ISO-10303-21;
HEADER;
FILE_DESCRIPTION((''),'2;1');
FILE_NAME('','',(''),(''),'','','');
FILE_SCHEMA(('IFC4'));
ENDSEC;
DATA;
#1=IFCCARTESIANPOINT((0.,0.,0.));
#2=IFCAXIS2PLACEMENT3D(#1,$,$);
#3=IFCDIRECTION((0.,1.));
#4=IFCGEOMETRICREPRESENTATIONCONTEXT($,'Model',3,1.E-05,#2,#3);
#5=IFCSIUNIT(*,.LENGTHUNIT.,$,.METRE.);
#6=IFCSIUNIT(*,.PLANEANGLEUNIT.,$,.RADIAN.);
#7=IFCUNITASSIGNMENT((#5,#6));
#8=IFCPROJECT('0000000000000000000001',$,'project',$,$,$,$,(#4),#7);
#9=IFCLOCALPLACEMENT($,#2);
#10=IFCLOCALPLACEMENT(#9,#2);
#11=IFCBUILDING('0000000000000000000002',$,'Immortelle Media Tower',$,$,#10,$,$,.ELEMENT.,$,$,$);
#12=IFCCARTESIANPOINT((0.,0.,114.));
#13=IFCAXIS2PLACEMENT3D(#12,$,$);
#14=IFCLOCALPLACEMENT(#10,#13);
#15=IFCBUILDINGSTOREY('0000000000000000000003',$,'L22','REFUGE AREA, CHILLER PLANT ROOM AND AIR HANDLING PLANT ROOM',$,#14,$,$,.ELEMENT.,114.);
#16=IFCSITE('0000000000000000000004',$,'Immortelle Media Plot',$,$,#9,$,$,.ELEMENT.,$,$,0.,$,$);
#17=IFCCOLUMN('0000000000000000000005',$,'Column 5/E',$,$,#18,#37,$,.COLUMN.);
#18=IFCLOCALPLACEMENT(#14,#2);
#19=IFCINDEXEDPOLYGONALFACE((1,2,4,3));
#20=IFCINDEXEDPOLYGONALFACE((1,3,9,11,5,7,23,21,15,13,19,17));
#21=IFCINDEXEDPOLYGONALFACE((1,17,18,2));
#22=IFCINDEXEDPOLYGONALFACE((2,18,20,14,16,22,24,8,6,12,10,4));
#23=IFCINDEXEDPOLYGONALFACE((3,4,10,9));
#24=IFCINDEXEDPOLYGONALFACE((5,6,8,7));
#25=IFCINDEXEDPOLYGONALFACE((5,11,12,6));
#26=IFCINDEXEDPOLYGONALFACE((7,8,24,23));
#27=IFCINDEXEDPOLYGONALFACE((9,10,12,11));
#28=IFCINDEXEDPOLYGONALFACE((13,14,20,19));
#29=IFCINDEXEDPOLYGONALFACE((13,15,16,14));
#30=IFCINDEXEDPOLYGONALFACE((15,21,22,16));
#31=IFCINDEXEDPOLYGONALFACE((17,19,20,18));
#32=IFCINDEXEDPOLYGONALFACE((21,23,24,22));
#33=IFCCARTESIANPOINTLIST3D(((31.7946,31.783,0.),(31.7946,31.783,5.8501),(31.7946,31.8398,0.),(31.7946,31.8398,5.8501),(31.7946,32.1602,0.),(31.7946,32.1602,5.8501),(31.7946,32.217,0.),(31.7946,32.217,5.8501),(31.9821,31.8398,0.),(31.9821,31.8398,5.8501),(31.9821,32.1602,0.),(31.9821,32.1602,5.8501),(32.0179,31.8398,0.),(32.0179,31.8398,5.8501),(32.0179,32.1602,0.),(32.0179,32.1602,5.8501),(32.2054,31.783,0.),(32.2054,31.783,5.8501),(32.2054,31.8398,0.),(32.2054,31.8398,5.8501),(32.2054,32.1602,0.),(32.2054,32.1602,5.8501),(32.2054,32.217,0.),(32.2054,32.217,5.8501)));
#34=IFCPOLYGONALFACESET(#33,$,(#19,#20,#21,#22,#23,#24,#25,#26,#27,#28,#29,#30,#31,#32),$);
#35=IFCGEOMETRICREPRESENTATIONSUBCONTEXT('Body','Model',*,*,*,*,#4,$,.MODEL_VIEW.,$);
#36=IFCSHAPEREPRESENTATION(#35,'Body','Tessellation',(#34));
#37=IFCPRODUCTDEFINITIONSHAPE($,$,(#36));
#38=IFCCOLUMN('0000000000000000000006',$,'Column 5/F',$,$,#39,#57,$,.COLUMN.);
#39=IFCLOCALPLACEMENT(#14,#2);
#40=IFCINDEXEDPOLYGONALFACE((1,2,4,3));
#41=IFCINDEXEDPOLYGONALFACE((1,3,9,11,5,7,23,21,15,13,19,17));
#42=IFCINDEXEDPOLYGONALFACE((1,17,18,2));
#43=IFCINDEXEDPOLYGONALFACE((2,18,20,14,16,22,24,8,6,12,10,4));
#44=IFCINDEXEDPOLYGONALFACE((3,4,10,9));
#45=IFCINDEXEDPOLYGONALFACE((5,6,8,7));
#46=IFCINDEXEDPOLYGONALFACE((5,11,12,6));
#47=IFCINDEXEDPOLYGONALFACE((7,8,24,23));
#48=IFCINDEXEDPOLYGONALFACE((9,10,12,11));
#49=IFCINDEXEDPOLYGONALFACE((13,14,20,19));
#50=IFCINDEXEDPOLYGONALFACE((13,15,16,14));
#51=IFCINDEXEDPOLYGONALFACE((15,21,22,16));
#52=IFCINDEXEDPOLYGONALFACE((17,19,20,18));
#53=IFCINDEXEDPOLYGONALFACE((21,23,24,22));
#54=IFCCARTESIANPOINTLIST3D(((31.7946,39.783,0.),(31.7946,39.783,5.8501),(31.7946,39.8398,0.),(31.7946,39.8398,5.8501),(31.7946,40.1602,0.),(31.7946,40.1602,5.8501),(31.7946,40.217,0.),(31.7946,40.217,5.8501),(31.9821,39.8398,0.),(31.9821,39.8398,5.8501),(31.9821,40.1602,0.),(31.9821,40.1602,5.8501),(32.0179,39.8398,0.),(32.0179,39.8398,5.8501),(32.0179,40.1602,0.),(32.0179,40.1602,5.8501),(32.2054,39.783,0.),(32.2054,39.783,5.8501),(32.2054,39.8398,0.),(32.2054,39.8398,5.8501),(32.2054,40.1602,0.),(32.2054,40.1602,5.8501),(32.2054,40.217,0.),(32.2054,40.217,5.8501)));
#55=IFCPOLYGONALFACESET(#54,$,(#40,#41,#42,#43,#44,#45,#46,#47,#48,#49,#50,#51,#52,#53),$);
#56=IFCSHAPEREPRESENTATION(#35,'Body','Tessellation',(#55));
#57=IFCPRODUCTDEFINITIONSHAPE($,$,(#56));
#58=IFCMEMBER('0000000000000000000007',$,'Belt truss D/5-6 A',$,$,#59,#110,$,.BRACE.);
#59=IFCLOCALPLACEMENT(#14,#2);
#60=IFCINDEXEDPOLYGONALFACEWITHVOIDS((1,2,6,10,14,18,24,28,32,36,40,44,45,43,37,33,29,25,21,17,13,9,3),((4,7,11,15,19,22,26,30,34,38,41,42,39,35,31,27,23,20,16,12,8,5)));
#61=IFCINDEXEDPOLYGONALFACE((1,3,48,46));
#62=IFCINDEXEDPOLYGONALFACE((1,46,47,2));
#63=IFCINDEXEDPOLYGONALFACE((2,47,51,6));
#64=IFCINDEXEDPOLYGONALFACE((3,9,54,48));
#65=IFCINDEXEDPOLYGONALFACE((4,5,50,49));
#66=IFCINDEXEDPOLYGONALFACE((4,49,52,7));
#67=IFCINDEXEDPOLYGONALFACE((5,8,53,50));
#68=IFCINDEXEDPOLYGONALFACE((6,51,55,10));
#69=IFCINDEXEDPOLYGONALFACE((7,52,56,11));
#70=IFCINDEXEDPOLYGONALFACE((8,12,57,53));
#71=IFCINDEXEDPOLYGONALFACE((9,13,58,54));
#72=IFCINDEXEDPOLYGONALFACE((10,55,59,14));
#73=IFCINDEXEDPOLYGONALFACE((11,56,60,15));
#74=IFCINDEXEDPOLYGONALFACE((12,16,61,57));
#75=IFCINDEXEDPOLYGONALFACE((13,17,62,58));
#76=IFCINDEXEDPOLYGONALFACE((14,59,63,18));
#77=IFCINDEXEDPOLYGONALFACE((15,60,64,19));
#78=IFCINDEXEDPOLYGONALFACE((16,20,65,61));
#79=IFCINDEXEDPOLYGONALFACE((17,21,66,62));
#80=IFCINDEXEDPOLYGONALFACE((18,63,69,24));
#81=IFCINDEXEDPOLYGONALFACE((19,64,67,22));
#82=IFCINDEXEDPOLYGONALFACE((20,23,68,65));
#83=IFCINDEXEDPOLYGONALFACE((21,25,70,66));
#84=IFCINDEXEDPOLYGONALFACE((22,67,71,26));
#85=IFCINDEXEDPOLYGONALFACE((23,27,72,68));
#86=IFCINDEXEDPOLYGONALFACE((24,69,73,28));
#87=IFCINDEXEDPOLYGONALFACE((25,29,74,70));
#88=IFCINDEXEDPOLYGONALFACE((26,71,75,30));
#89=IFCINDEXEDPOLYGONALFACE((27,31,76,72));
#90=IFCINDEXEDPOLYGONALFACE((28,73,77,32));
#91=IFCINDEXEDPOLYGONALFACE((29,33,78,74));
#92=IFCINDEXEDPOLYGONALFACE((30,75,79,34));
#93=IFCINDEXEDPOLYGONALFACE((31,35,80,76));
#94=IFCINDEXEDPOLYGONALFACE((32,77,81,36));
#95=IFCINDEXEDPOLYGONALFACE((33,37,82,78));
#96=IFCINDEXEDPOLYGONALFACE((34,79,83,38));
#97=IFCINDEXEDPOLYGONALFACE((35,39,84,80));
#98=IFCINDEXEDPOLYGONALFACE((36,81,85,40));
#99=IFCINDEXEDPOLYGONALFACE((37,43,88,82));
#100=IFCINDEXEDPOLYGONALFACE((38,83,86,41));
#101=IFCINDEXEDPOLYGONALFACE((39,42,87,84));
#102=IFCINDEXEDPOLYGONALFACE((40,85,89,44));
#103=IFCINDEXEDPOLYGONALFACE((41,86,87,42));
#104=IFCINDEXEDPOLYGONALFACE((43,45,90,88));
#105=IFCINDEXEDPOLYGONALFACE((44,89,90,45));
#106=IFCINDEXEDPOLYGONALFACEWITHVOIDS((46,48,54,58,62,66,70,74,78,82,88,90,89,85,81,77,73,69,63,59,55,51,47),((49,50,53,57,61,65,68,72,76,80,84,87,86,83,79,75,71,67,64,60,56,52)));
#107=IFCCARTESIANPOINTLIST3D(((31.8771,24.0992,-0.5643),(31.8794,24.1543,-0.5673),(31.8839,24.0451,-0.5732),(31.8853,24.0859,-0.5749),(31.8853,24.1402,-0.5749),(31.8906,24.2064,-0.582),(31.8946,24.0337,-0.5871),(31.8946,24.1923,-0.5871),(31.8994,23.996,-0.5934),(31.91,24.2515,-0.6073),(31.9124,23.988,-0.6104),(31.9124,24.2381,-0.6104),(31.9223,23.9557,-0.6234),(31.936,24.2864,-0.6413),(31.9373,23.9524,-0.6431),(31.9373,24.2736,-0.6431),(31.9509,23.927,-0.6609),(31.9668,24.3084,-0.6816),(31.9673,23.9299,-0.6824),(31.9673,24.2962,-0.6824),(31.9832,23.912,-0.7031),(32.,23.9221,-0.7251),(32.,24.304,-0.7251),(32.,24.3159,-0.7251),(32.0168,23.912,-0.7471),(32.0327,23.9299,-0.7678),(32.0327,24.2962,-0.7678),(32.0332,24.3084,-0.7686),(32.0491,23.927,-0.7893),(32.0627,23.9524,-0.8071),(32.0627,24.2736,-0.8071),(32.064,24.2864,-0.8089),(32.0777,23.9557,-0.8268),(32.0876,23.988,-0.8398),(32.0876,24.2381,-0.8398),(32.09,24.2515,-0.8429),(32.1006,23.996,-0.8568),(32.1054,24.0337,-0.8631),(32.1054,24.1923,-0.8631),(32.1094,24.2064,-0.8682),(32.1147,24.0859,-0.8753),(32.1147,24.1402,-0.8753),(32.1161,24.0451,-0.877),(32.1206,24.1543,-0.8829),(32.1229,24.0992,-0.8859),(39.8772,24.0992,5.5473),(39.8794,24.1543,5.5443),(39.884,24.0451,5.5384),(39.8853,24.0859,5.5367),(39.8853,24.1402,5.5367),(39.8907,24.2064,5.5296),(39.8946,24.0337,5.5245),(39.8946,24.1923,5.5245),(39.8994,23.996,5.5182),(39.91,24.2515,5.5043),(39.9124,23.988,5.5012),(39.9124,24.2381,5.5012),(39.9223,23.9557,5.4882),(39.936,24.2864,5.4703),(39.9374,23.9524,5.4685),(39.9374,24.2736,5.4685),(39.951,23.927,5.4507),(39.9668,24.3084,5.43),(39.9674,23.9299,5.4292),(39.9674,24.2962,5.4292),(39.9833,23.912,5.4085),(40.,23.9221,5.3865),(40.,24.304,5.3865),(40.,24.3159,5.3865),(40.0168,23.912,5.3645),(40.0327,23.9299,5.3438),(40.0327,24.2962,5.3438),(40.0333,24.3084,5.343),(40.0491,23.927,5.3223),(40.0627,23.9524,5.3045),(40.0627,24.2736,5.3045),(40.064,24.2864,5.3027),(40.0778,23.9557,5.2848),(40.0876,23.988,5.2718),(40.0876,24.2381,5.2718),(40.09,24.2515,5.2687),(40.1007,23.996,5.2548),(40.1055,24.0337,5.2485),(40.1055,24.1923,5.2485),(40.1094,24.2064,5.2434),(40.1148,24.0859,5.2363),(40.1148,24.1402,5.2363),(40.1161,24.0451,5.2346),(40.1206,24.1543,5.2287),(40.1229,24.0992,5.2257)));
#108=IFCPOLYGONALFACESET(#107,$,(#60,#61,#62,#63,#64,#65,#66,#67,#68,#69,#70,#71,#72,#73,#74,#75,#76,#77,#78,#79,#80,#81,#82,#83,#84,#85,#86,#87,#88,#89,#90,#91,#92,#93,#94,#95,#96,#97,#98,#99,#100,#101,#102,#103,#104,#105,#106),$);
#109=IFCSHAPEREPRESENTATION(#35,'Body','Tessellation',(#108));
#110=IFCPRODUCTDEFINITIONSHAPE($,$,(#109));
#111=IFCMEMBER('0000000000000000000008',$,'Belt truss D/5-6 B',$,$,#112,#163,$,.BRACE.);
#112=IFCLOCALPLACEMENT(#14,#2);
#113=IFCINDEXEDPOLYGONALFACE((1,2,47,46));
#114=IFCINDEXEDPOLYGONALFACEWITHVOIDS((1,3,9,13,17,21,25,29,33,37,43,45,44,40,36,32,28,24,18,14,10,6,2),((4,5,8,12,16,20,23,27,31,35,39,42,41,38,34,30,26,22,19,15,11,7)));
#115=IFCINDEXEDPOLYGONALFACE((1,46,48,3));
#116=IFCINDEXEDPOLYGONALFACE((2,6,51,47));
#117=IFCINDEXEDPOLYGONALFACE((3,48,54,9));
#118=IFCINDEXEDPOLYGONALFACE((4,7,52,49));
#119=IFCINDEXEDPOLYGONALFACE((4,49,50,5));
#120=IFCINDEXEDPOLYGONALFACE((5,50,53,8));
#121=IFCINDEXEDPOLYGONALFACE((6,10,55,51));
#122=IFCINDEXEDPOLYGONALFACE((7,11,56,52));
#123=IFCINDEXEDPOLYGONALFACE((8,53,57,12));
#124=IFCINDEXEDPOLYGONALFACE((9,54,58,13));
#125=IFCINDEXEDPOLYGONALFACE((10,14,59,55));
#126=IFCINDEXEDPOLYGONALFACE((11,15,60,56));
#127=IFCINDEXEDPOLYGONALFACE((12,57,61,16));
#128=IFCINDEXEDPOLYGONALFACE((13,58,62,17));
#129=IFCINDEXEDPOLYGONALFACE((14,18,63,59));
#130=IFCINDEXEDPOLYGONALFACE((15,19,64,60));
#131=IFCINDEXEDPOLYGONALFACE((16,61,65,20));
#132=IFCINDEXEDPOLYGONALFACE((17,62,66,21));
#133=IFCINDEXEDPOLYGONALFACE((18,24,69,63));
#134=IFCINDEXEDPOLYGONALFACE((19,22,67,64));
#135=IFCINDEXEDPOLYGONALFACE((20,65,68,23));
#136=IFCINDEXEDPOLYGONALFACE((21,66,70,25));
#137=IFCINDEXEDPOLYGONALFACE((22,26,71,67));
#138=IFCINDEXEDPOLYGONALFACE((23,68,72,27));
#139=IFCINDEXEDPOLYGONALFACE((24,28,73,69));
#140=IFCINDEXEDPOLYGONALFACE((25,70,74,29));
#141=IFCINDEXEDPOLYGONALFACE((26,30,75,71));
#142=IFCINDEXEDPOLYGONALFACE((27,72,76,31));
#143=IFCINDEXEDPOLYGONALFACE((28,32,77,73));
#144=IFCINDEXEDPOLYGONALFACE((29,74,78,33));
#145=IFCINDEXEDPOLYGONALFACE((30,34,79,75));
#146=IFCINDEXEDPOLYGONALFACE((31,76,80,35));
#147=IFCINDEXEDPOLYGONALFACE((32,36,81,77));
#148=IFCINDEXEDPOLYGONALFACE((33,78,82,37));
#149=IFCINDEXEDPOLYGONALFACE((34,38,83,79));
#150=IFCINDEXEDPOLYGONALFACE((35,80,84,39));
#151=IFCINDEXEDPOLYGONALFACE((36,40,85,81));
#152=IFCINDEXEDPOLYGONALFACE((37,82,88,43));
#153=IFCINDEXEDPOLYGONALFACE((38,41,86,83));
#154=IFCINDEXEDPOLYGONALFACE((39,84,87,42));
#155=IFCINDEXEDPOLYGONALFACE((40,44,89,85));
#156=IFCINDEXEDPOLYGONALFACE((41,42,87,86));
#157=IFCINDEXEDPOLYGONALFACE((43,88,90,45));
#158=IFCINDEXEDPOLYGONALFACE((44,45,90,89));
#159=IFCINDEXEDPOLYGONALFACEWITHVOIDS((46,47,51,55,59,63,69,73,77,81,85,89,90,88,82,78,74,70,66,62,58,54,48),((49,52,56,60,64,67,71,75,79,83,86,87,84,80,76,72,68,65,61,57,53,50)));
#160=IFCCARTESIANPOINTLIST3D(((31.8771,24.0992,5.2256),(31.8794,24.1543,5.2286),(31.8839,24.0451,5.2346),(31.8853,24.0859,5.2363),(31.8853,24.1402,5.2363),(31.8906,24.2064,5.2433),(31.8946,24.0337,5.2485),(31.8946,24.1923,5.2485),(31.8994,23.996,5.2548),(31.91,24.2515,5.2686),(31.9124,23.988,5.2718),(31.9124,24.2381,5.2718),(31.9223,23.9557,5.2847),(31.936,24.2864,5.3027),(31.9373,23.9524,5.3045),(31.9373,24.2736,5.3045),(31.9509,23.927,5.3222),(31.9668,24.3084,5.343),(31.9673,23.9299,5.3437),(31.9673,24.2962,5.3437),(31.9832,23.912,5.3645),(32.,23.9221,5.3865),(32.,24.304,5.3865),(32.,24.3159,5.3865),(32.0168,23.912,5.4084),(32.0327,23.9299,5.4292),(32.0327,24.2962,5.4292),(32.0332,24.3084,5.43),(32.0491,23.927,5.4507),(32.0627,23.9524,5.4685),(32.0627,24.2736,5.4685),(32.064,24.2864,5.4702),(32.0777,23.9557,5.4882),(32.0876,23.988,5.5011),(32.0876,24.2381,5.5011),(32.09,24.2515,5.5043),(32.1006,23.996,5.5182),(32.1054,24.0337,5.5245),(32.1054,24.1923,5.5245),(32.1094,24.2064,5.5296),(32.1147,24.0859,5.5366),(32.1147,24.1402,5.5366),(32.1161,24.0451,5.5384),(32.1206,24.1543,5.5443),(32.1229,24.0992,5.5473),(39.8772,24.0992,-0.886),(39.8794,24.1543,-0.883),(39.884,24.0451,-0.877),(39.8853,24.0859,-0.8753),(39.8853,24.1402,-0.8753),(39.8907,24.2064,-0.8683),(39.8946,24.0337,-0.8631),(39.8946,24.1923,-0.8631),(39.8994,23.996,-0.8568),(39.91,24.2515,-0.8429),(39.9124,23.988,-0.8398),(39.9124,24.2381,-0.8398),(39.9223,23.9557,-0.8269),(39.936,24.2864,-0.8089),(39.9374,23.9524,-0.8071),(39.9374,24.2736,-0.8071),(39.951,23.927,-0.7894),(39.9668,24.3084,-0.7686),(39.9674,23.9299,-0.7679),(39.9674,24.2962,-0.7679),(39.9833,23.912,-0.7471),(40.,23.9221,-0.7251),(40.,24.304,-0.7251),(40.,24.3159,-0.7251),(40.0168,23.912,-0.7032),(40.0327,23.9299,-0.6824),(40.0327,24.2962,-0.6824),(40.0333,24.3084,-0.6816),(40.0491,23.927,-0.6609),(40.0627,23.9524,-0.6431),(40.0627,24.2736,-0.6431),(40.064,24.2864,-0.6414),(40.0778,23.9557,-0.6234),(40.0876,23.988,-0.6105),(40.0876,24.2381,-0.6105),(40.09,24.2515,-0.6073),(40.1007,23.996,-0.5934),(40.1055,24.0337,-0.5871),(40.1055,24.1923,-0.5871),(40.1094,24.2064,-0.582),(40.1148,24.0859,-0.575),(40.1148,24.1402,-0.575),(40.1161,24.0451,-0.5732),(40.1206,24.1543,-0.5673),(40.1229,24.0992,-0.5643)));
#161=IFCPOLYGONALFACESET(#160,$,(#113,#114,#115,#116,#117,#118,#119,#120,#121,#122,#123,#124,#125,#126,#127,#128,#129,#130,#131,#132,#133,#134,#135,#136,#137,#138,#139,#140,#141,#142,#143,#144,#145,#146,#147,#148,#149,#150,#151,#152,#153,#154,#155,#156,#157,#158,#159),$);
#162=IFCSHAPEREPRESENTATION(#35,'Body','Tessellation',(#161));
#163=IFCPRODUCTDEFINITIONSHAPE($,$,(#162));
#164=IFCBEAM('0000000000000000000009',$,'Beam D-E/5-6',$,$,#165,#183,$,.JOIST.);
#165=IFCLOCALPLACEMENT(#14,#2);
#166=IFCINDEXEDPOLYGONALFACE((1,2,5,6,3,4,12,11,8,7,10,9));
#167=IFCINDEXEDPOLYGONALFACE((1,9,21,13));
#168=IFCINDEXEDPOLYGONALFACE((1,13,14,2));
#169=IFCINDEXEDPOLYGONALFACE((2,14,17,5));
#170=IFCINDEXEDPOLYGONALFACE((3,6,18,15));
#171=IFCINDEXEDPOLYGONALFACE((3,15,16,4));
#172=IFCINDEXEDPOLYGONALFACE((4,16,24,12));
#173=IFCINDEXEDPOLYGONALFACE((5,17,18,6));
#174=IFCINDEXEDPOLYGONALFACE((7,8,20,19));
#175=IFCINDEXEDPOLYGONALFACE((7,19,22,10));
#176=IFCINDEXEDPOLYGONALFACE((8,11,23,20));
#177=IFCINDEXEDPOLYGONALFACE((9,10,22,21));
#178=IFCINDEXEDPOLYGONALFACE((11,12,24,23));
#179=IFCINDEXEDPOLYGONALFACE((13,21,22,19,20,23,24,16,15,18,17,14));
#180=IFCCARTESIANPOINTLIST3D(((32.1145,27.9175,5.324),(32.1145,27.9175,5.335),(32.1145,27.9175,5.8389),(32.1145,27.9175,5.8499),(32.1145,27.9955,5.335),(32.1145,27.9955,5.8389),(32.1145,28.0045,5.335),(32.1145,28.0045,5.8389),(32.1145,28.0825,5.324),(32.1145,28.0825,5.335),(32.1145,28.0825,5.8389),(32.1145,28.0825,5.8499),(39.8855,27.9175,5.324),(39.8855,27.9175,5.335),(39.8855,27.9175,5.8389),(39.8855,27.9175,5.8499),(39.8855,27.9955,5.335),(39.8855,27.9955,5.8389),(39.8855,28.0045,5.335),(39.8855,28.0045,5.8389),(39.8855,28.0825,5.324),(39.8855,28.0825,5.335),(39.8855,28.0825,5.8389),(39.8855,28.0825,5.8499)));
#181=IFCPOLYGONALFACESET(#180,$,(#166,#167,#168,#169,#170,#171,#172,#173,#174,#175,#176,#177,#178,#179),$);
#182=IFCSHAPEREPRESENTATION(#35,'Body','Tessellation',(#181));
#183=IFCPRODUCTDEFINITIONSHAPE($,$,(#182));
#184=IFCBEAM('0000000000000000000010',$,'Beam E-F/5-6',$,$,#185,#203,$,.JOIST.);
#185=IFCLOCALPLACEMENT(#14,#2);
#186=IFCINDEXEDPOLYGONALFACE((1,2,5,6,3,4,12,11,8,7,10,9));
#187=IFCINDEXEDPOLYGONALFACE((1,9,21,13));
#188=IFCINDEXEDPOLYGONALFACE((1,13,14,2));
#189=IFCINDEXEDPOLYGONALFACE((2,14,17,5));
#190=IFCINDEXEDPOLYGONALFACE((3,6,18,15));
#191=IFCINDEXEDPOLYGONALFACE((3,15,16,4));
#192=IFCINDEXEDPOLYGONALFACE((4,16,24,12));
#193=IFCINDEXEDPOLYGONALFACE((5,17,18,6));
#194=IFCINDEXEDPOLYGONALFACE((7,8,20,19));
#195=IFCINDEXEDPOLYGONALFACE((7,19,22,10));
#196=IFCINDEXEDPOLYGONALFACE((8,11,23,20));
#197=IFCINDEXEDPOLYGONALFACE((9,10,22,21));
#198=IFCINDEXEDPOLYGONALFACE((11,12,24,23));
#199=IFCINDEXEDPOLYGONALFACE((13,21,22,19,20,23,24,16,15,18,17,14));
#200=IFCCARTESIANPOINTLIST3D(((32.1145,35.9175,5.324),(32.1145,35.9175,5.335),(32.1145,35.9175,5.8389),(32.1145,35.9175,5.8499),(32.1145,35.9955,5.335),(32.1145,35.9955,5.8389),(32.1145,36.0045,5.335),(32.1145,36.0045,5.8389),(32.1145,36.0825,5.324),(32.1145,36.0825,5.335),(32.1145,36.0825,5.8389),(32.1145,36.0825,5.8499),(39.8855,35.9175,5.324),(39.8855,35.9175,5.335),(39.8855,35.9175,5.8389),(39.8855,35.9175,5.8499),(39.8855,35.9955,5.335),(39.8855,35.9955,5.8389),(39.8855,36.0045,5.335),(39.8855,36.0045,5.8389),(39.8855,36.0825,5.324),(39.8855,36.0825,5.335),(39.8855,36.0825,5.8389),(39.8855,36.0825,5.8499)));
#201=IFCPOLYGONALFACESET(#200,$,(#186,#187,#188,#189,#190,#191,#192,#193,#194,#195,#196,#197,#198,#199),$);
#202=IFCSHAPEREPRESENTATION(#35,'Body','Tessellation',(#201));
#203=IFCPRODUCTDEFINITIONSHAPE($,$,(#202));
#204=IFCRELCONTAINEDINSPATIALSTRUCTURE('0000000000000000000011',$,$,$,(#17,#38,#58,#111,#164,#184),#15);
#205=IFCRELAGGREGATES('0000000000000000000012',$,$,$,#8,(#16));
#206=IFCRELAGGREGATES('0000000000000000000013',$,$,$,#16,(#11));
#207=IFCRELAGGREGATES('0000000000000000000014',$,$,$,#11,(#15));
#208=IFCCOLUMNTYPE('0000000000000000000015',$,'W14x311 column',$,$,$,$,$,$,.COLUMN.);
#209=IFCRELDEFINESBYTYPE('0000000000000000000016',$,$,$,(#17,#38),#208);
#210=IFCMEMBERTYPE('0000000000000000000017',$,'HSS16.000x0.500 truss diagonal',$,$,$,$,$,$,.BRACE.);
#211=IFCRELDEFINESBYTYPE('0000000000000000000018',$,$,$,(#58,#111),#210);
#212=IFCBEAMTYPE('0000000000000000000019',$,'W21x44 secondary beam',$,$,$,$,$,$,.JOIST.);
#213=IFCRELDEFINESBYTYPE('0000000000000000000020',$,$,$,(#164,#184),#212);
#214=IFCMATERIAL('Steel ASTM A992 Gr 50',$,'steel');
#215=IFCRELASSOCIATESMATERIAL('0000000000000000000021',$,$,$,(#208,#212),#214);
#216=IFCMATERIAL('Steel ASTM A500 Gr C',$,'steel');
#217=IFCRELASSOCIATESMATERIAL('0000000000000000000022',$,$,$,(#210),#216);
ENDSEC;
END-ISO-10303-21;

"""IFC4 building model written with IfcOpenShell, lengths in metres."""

from ifc_helpers import new_model, si_unit, direction, frame, origin, origin_2d, place, context, subcontext, project, spatial, hollow_circle, i_section, extrude, material, material_profile, profile_set, type_object, element, save


model = new_model("IFC4")

# Units and contexts
model_context = context("Model", 3, precision=1e-05, world=origin(), true_north=direction((0.0, 1.0)))
body_context = subcontext(model_context, "Body", "Model", "MODEL_VIEW")
ifc_project = project(units=[si_unit("LENGTHUNIT", "METRE"), si_unit("PLANEANGLEUNIT", "RADIAN")], contexts=[model_context])

# Site, building, storey
site_placement = place(None, origin())
site = spatial("IfcSite", under=ifc_project, at=site_placement, Name="Immortelle Media Plot", CompositionType="ELEMENT", RefElevation=0.0)
building_placement = place(site_placement, origin())
building = spatial("IfcBuilding", under=site, at=building_placement, Name="Immortelle Media Tower", CompositionType="ELEMENT")
storey_placement = place(building_placement, frame((0.0, 0.0, 114.0)))
storey = spatial("IfcBuildingStorey", under=building, at=storey_placement, Name="L22", Description="REFUGE AREA, CHILLER PLANT ROOM AND AIR HANDLING PLANT ROOM", CompositionType="ELEMENT", Elevation=114.0)

# Columns
ifc_material_1 = material(Name="Steel ASTM A992 Gr 50", Category="steel")
ifc_material_profile_1 = material_profile(ifc_material_1, i_section(OverallWidth=0.4109, OverallDepth=0.4341, WebThickness=0.0359, FlangeThickness=0.0569, at=origin_2d()), Name="W14x311")
ifc_profile_set_1 = profile_set([ifc_material_profile_1], Name="Steel ASTM A992 Gr 50")
column_type = type_object("IfcColumnType", Name="W14x311 column", PredefinedType="COLUMN", material=ifc_profile_set_1)
for number, where, z_axis, x_axis, name in (
    (1, (32.0, 32.0, 0.0), (0.0, 0.0, 1.0), (1.0, 0.0, 0.0), "Column 5/E"),
    (2, (32.0, 40.0, 0.0), (0.0, 0.0, 1.0), (1.0, 0.0, 0.0), "Column 5/F"),
):
    element("IfcColumn", number, at=place(storey_placement, frame(where, z_axis=z_axis, x_axis=x_axis)), inside=storey, type_object=column_type, Name=name, PredefinedType="COLUMN", context=body_context, shape_type="SweptSolid", body=[
        extrude(i_section(OverallWidth=0.4109, OverallDepth=0.4341, WebThickness=0.0359, FlangeThickness=0.0569, at=origin_2d()), origin(), (0.0, 0.0, 1.0), 5.8501),
    ])

# Members
ifc_material_2 = material(Name="Steel ASTM A500 Gr C", Category="steel")
ifc_material_profile_2 = material_profile(ifc_material_2, hollow_circle(Radius=0.2029, WallThickness=0.012, at=origin_2d()), Name="HSS16.000x0.500 truss diagonal")
ifc_profile_set_2 = profile_set([ifc_material_profile_2], Name="Steel ASTM A500 Gr C")
member_type = type_object("IfcMemberType", Name="HSS16.000x0.500 truss diagonal", PredefinedType="BRACE", material=ifc_profile_set_2)
for number, where, z_axis, x_axis, name in (
    (3, (32.0, 24.113, -0.7251), (0.794649, 0.0, 0.607069), (0.0, 1.0, 0.0), "Belt truss D/5-6 A"),
    (4, (32.0, 24.113, 5.3865), (0.794649, 0.0, -0.607069), (0.0, 1.0, 0.0), "Belt truss D/5-6 B"),
):
    element("IfcMember", number, at=place(storey_placement, frame(where, z_axis=z_axis, x_axis=x_axis)), inside=storey, type_object=member_type, Name=name, PredefinedType="BRACE", context=body_context, shape_type="SweptSolid", body=[
        extrude(hollow_circle(Radius=0.2029, WallThickness=0.012, at=origin_2d()), origin(), (0.0, 0.0, 1.0), 10.0674),
    ])

# Beams
ifc_material_profile_3 = material_profile(ifc_material_1, i_section(OverallWidth=0.165, OverallDepth=0.5259, WebThickness=0.009, FlangeThickness=0.011, at=origin_2d()), Name="W21x44")
ifc_profile_set_3 = profile_set([ifc_material_profile_3], Name="Steel ASTM A992 Gr 50")
beam_type_1 = type_object("IfcBeamType", Name="W21x44 secondary beam", PredefinedType="JOIST", material=ifc_profile_set_3)
for number, where, z_axis, x_axis, name in (
    (5, (32.1145, 28.0, 5.5869), (1.0, 0.0, 0.0), (0.0, 1.0, 0.0), "Beam D-E/5-6"),
    (6, (32.1145, 36.0, 5.5869), (1.0, 0.0, 0.0), (0.0, 1.0, 0.0), "Beam E-F/5-6"),
):
    element("IfcBeam", number, at=place(storey_placement, frame(where, z_axis=z_axis, x_axis=x_axis)), inside=storey, type_object=beam_type_1, Name=name, PredefinedType="JOIST", context=body_context, shape_type="SweptSolid", body=[
        extrude(i_section(OverallWidth=0.165, OverallDepth=0.5259, WebThickness=0.009, FlangeThickness=0.011, at=origin_2d()), origin(), (0.0, 0.0, 1.0), 7.771),
    ])

save(model, "model.ifc")
